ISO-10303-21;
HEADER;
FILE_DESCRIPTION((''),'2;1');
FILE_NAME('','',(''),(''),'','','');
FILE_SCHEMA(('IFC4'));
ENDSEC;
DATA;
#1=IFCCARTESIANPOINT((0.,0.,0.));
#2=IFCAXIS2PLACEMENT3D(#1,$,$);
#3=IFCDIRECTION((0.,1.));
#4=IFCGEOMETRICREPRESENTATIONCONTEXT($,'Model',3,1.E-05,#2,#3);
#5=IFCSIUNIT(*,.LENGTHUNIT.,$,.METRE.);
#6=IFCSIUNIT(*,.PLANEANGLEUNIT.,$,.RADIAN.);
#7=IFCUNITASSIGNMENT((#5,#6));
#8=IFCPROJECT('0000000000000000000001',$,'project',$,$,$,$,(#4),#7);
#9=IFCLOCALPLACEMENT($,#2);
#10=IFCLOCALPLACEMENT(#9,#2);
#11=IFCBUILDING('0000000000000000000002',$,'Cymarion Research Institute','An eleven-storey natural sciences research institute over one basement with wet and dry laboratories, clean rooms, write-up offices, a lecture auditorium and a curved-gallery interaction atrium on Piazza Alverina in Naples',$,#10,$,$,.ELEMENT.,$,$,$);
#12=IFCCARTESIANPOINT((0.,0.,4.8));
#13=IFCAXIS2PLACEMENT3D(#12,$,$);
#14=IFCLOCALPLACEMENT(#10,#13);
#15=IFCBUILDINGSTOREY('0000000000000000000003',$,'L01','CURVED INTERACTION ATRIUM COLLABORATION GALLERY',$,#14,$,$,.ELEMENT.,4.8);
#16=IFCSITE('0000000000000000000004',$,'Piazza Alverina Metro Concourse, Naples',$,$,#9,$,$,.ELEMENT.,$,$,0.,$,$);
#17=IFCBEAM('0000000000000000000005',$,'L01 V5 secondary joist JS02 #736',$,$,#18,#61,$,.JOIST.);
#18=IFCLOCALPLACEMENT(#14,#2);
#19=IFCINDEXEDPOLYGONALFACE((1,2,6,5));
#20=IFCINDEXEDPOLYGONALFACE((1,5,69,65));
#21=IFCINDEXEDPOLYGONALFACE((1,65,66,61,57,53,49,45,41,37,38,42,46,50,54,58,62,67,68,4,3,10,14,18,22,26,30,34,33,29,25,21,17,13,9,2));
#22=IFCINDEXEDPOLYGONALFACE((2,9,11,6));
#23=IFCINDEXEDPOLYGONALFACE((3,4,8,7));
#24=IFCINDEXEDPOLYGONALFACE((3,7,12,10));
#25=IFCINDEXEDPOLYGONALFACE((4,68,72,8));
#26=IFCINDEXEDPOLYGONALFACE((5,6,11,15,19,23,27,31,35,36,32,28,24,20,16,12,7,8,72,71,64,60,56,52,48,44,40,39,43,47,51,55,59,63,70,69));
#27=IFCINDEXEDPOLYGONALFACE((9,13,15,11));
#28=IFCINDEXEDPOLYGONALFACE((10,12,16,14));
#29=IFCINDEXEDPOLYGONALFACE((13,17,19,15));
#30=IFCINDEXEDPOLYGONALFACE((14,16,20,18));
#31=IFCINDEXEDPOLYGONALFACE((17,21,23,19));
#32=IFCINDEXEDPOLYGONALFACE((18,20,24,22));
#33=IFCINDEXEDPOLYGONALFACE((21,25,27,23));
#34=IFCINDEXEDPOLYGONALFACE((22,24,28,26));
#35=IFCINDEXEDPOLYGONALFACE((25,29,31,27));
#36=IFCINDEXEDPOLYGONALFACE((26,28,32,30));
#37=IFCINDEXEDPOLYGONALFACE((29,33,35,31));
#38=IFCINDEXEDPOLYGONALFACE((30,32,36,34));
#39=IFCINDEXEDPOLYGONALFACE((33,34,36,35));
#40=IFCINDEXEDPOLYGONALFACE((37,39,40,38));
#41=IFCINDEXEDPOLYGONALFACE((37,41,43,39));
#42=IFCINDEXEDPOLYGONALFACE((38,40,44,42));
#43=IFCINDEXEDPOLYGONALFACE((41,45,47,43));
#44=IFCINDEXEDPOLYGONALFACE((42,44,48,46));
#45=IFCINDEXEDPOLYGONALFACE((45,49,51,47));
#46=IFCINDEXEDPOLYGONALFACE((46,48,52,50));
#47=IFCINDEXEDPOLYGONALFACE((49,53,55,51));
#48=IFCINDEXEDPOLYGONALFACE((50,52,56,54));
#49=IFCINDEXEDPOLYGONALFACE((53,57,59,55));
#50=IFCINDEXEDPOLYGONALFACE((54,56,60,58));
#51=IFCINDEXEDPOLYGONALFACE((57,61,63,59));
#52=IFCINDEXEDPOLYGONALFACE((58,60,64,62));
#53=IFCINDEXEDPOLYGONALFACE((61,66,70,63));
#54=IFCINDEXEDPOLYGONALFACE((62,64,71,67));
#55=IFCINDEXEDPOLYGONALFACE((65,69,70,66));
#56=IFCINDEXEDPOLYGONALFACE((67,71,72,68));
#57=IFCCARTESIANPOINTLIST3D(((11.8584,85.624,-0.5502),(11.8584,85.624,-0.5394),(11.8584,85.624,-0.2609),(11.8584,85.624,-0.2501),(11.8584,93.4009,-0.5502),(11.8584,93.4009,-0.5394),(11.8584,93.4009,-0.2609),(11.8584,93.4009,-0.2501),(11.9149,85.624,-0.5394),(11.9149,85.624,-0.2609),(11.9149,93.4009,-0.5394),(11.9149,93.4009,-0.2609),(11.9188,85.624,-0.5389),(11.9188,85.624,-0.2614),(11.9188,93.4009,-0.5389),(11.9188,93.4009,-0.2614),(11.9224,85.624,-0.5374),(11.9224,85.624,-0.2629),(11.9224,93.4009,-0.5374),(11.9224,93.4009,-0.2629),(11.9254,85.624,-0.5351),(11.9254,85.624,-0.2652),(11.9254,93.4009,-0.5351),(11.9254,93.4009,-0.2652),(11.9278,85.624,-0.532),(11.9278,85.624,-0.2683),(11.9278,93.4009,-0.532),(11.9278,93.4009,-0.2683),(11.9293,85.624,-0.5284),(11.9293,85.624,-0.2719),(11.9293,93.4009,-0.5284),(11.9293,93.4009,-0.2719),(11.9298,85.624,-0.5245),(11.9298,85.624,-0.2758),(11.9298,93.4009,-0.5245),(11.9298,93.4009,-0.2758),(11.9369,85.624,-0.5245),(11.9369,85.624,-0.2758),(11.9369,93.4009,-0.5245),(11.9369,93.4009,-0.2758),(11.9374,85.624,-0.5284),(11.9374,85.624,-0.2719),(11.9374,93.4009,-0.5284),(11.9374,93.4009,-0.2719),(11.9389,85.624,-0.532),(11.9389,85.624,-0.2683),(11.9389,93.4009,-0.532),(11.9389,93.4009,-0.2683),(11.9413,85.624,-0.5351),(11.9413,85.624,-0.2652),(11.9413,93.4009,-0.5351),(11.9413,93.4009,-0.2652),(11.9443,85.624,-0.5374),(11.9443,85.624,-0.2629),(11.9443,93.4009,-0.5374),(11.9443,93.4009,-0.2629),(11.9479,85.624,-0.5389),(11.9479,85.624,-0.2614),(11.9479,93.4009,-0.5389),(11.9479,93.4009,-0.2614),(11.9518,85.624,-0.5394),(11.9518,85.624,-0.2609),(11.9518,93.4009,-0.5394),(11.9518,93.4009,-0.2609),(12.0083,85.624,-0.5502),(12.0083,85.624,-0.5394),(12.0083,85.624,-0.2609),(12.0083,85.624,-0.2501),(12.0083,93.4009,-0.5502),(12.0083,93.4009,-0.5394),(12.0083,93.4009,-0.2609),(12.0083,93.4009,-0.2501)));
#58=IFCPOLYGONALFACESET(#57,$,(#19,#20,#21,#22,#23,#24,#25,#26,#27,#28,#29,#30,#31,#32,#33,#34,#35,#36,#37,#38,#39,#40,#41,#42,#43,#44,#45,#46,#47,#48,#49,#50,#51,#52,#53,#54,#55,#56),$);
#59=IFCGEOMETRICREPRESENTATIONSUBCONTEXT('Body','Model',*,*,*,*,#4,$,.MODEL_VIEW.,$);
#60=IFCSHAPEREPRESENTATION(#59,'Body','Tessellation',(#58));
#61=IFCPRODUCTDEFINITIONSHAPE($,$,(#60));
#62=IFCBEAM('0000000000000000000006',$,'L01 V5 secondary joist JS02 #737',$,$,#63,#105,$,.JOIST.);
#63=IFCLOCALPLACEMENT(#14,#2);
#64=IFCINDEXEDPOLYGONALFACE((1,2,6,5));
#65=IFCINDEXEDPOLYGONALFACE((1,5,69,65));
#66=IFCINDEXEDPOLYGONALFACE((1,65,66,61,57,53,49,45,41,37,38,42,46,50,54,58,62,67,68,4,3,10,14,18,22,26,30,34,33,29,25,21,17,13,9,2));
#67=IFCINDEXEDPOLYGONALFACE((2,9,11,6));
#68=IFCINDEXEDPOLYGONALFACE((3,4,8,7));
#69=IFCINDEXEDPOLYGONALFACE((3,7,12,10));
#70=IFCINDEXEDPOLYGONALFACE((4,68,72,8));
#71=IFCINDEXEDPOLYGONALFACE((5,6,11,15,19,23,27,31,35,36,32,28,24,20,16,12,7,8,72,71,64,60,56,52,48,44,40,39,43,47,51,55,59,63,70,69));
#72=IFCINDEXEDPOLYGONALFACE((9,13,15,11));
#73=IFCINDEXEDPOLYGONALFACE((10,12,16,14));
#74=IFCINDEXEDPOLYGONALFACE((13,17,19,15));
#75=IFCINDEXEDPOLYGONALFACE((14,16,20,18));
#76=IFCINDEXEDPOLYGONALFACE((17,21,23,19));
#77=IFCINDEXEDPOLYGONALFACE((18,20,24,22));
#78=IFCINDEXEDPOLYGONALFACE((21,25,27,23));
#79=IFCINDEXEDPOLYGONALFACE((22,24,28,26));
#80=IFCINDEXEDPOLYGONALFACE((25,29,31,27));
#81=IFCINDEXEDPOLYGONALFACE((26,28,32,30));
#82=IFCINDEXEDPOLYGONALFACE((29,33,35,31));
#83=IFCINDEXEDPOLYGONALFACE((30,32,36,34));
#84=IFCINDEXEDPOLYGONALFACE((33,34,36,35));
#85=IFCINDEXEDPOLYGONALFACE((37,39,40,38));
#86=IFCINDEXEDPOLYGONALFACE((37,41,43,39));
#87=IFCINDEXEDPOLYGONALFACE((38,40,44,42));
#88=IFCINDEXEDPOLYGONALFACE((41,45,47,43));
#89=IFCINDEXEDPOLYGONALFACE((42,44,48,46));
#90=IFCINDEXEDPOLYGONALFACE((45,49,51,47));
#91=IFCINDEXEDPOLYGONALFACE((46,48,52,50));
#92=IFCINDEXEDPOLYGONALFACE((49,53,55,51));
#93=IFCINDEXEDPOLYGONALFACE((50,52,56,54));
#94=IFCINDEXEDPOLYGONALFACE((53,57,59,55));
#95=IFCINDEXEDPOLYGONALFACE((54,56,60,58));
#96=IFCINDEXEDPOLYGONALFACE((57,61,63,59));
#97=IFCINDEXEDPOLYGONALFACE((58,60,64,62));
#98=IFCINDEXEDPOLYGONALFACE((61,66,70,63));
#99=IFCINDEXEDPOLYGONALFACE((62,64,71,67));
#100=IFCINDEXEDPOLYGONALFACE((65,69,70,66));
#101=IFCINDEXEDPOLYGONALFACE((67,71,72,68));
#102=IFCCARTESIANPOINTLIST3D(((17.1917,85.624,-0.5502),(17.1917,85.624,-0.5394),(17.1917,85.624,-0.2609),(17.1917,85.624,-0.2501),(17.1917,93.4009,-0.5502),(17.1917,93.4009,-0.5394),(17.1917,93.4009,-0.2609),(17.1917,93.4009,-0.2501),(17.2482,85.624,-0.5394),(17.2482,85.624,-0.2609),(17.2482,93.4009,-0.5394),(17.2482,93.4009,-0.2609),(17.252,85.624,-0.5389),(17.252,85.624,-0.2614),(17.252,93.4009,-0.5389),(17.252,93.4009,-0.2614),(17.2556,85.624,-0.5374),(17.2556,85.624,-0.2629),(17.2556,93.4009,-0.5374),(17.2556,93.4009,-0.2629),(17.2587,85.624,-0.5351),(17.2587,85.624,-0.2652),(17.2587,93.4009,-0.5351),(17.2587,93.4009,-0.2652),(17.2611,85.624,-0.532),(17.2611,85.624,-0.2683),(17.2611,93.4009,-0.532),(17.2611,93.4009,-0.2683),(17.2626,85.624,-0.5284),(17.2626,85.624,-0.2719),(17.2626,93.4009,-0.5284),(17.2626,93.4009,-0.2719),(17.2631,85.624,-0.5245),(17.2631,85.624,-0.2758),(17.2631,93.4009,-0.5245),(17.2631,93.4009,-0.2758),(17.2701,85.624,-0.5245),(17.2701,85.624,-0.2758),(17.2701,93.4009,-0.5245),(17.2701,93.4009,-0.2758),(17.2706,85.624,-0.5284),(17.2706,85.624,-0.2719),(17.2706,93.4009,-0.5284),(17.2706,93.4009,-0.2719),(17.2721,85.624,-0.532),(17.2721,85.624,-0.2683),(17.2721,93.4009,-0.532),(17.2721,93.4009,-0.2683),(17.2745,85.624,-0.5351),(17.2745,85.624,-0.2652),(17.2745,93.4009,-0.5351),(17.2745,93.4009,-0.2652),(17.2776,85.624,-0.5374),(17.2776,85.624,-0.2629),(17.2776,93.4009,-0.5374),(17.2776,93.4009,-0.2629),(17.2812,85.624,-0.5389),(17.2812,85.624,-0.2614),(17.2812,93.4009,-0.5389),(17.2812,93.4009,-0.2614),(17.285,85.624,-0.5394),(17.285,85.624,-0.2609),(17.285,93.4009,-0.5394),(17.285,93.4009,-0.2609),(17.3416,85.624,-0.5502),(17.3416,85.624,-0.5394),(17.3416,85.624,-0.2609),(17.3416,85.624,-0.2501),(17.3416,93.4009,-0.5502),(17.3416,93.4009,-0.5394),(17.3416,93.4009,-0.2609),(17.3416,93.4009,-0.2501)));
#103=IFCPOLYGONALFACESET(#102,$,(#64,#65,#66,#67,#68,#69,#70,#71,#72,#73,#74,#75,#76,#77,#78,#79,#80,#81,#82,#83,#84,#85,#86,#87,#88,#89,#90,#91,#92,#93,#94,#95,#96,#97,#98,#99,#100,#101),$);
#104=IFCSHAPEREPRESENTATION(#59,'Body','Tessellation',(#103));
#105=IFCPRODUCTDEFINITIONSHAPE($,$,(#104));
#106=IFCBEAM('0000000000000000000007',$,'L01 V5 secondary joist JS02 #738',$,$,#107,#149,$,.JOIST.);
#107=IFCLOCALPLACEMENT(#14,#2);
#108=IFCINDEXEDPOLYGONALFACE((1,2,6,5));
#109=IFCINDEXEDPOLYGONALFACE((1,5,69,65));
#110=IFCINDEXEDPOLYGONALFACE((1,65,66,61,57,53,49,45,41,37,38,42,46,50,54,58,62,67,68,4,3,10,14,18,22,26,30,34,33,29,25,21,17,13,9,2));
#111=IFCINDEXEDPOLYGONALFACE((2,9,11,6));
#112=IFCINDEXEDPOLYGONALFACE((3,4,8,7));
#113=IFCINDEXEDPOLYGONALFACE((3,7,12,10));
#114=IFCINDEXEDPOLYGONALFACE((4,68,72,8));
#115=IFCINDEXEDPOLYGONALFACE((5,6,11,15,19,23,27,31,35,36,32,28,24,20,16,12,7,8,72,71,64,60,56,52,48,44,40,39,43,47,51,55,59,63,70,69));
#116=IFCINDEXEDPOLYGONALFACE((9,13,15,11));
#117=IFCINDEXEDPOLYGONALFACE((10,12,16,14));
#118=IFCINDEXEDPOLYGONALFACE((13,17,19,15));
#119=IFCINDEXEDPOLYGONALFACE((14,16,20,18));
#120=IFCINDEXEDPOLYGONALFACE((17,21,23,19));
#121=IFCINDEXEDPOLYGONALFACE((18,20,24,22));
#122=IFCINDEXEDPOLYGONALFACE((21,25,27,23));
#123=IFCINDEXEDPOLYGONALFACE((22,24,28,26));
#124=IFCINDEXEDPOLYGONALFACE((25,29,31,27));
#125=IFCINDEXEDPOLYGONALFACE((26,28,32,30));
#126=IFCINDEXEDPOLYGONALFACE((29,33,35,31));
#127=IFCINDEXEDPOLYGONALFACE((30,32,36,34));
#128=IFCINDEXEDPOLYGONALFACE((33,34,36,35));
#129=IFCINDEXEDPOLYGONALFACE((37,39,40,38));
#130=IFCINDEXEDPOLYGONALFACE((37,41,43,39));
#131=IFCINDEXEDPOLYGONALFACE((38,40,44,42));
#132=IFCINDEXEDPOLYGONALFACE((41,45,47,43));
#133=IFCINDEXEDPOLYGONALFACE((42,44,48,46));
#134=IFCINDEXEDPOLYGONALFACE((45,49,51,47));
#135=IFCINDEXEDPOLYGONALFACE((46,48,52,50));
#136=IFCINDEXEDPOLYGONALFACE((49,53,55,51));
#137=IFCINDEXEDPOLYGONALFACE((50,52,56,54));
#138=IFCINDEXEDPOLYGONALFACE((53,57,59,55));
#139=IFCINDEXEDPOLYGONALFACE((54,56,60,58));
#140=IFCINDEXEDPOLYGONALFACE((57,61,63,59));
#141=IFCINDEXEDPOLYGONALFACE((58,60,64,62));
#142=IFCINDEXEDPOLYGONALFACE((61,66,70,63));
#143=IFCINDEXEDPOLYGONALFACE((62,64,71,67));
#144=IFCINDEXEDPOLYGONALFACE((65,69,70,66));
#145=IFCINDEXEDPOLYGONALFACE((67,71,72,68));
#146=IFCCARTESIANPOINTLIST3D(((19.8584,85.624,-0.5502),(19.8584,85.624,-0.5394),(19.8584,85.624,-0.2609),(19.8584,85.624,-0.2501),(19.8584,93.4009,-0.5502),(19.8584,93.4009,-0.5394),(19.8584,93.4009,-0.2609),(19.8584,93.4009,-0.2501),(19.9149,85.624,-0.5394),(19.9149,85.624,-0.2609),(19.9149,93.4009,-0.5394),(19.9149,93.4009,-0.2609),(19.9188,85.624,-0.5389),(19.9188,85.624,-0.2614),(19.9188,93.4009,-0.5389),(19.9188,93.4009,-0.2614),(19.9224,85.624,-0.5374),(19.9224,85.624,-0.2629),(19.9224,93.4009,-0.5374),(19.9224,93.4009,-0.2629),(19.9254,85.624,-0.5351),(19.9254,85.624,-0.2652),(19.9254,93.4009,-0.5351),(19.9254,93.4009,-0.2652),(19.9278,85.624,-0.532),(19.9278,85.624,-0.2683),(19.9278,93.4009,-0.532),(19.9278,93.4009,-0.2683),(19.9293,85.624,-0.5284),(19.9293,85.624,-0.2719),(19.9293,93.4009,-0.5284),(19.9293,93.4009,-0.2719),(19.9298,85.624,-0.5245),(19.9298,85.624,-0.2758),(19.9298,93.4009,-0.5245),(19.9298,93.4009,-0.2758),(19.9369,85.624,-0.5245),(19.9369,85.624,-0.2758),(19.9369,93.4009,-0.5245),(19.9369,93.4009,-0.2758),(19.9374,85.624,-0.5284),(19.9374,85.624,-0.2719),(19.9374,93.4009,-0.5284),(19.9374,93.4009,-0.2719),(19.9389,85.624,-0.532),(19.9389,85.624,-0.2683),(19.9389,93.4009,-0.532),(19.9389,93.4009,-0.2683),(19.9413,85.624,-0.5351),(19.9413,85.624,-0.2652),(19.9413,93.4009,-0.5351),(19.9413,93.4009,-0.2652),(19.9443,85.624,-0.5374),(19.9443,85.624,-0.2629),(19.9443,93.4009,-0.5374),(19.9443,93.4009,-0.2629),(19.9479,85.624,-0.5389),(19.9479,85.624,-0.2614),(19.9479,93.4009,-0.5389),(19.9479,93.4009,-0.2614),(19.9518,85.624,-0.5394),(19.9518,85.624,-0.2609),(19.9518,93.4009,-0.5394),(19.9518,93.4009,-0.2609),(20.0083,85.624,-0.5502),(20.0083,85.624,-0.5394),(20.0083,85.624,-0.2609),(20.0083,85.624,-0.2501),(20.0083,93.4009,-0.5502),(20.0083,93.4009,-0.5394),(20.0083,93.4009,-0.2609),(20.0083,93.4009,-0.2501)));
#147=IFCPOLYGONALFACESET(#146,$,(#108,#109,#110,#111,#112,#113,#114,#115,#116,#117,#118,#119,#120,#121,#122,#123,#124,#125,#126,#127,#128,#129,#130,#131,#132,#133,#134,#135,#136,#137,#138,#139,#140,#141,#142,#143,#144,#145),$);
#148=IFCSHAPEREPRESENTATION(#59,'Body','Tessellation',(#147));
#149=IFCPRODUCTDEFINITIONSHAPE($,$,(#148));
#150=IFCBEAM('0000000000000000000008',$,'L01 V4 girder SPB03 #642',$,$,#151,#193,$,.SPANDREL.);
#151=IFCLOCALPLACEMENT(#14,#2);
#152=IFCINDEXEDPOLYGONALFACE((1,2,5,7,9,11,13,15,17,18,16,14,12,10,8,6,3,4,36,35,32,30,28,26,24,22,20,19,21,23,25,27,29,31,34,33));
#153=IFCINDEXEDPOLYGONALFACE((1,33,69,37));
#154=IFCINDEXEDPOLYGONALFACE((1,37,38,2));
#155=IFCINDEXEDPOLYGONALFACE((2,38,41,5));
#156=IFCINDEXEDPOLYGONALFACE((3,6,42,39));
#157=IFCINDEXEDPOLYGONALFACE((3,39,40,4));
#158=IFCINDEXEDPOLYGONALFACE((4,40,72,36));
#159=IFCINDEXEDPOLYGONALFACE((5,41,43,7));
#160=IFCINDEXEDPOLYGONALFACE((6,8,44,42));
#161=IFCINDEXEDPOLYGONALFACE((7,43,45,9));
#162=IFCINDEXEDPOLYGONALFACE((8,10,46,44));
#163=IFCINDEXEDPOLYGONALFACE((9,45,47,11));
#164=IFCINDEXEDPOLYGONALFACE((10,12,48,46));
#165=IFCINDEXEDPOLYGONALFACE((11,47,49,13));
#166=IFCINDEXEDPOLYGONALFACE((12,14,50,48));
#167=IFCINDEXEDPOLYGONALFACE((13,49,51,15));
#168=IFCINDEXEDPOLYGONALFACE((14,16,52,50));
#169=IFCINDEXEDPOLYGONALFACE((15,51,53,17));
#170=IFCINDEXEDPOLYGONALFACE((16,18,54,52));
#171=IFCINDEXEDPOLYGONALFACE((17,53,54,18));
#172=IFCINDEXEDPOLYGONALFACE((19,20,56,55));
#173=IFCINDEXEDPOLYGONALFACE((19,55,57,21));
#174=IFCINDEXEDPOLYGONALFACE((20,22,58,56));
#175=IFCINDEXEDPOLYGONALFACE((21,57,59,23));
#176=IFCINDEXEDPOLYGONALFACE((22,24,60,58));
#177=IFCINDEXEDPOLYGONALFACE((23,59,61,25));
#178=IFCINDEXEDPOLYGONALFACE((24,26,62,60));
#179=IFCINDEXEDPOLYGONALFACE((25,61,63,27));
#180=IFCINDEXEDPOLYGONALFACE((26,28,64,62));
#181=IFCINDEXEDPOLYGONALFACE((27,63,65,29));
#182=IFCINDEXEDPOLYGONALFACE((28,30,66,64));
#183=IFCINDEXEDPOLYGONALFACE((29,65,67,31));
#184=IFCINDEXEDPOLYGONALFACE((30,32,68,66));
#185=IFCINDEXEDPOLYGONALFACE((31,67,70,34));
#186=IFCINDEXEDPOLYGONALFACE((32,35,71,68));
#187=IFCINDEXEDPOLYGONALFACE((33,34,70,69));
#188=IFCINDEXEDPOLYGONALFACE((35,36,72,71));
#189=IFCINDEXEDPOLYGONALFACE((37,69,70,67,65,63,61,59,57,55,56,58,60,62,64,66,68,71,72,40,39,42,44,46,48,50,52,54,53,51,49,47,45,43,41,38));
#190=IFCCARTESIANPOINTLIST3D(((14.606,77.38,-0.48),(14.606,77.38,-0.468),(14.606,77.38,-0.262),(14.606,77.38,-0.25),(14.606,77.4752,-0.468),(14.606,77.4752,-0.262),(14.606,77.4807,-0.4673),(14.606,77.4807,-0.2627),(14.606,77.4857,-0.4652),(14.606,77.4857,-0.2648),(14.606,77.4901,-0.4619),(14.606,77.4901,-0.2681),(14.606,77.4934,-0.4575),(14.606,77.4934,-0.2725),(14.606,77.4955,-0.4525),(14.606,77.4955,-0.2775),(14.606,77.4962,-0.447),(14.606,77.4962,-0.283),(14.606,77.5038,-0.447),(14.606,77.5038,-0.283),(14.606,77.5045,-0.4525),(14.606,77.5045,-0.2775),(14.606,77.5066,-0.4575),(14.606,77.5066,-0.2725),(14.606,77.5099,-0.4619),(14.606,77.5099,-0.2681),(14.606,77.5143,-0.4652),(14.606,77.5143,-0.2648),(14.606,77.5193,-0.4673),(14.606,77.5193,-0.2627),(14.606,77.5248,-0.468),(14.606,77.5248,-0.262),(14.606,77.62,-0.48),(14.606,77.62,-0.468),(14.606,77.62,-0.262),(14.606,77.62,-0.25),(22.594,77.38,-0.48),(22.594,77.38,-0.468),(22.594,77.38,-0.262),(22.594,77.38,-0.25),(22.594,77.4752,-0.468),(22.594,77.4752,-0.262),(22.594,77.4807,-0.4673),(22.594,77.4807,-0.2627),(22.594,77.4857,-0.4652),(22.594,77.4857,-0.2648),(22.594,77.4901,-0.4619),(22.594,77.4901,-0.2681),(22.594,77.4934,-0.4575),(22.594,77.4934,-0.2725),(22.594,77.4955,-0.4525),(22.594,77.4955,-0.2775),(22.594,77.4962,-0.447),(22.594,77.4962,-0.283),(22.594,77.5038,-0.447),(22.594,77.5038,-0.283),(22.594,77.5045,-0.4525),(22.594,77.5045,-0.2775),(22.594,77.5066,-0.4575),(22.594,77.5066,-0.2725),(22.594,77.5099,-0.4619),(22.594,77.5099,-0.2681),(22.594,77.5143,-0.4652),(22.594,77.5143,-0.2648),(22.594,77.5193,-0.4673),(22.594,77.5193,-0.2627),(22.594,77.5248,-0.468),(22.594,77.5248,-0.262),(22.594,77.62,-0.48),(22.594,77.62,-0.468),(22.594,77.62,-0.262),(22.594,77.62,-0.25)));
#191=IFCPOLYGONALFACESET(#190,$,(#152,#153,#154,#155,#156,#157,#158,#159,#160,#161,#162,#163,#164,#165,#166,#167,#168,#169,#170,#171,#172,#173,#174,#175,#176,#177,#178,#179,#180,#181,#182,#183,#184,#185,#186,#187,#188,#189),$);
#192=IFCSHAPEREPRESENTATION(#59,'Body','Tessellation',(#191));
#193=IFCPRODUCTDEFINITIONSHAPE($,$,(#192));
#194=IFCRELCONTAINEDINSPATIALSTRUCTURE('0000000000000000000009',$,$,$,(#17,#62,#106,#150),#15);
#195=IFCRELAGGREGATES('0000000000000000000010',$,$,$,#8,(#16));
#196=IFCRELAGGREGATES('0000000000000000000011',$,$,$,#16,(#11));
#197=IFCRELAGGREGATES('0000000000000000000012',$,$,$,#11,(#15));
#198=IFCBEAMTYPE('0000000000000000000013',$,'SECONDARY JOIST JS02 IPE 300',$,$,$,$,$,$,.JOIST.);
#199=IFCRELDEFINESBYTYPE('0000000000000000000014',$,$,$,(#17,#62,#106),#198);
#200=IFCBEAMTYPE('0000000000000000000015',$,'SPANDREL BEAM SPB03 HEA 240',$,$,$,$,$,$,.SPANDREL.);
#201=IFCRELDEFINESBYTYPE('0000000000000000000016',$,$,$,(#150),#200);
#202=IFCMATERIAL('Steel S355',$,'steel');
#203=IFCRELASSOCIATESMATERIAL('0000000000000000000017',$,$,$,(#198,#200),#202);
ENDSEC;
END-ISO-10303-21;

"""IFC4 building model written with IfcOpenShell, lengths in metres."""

from ifc_helpers import new_model, si_unit, direction, frame, origin, origin_2d, place, context, subcontext, project, spatial, i_section, extrude, material, material_profile, profile_set, type_object, element, save


model = new_model("IFC4")

# Units and contexts
model_context = context("Model", 3, precision=1e-05, world=origin(), true_north=direction((0.0, 1.0)))
body_context = subcontext(model_context, "Body", "Model", "MODEL_VIEW")
ifc_project = project(units=[si_unit("LENGTHUNIT", "METRE"), si_unit("PLANEANGLEUNIT", "RADIAN")], contexts=[model_context])

# Site, building, storey
site_placement = place(None, origin())
site = spatial("IfcSite", under=ifc_project, at=site_placement, Name="Piazza Alverina Metro Concourse, Naples", CompositionType="ELEMENT", RefElevation=0.0)
building_placement = place(site_placement, origin())
building = spatial("IfcBuilding", under=site, at=building_placement, Name="Cymarion Research Institute", Description="An eleven-storey natural sciences research institute over one basement with wet and dry laboratories, clean rooms, write-up offices, a lecture auditorium and a curved-gallery interaction atrium on Piazza Alverina in Naples", CompositionType="ELEMENT")
storey_placement = place(building_placement, frame((0.0, 0.0, 4.8)))
storey = spatial("IfcBuildingStorey", under=building, at=storey_placement, Name="L01", Description="CURVED INTERACTION ATRIUM COLLABORATION GALLERY", CompositionType="ELEMENT", Elevation=4.8)

# Shared definitions
ifc_material_1 = material(Name="Steel S355", Category="steel")

# Beams
ifc_material_profile_1 = material_profile(ifc_material_1, i_section(OverallWidth=0.1499, OverallDepth=0.3, WebThickness=0.0071, FlangeThickness=0.0107, FilletRadius=0.0149, at=origin_2d()), Name="IPE 300")
ifc_profile_set_1 = profile_set([ifc_material_profile_1], Name="Steel S355")
beam_type_1 = type_object("IfcBeamType", Name="SECONDARY JOIST JS02 IPE 300", PredefinedType="JOIST", material=ifc_profile_set_1)
for number, where, z_axis, x_axis, name in (
    (1, (11.9333, 85.624, -0.4001), (0.0, 1.0, 0.0), (-1.0, 0.0, 0.0), "L01 V5 secondary joist JS02 #736"),
    (2, (17.2666, 85.624, -0.4001), (0.0, 1.0, 0.0), (-1.0, 0.0, 0.0), "L01 V5 secondary joist JS02 #737"),
    (3, (19.9333, 85.624, -0.4001), (0.0, 1.0, 0.0), (-1.0, 0.0, 0.0), "L01 V5 secondary joist JS02 #738"),
):
    element("IfcBeam", number, at=place(storey_placement, frame(where, z_axis=z_axis, x_axis=x_axis)), inside=storey, type_object=beam_type_1, Name=name, PredefinedType="JOIST", context=body_context, shape_type="SweptSolid", body=[
        extrude(i_section(OverallWidth=0.1499, OverallDepth=0.3, WebThickness=0.0071, FlangeThickness=0.0107, FilletRadius=0.0149, at=origin_2d()), origin(), (0.0, 0.0, 1.0), 7.7769),
    ])
ifc_material_profile_2 = material_profile(ifc_material_1, i_section(OverallWidth=0.24, OverallDepth=0.23, WebThickness=0.0076, FlangeThickness=0.012, FilletRadius=0.021, at=origin_2d()), Name="HEA 240")
ifc_profile_set_2 = profile_set([ifc_material_profile_2], Name="Steel S355")
beam_type_2 = type_object("IfcBeamType", Name="SPANDREL BEAM SPB03 HEA 240", PredefinedType="SPANDREL", material=ifc_profile_set_2)
for number, where, z_axis, x_axis, name in (
    (4, (14.606, 77.5, -0.365), (1.0, 0.0, 0.0), (0.0, 1.0, 0.0), "L01 V4 girder SPB03 #642"),
):
    element("IfcBeam", number, at=place(storey_placement, frame(where, z_axis=z_axis, x_axis=x_axis)), inside=storey, type_object=beam_type_2, Name=name, PredefinedType="SPANDREL", context=body_context, shape_type="SweptSolid", body=[
        extrude(i_section(OverallWidth=0.24, OverallDepth=0.23, WebThickness=0.0076, FlangeThickness=0.012, FilletRadius=0.021, at=origin_2d()), origin(), (0.0, 0.0, 1.0), 7.988),
    ])

save(model, "model.ifc")
